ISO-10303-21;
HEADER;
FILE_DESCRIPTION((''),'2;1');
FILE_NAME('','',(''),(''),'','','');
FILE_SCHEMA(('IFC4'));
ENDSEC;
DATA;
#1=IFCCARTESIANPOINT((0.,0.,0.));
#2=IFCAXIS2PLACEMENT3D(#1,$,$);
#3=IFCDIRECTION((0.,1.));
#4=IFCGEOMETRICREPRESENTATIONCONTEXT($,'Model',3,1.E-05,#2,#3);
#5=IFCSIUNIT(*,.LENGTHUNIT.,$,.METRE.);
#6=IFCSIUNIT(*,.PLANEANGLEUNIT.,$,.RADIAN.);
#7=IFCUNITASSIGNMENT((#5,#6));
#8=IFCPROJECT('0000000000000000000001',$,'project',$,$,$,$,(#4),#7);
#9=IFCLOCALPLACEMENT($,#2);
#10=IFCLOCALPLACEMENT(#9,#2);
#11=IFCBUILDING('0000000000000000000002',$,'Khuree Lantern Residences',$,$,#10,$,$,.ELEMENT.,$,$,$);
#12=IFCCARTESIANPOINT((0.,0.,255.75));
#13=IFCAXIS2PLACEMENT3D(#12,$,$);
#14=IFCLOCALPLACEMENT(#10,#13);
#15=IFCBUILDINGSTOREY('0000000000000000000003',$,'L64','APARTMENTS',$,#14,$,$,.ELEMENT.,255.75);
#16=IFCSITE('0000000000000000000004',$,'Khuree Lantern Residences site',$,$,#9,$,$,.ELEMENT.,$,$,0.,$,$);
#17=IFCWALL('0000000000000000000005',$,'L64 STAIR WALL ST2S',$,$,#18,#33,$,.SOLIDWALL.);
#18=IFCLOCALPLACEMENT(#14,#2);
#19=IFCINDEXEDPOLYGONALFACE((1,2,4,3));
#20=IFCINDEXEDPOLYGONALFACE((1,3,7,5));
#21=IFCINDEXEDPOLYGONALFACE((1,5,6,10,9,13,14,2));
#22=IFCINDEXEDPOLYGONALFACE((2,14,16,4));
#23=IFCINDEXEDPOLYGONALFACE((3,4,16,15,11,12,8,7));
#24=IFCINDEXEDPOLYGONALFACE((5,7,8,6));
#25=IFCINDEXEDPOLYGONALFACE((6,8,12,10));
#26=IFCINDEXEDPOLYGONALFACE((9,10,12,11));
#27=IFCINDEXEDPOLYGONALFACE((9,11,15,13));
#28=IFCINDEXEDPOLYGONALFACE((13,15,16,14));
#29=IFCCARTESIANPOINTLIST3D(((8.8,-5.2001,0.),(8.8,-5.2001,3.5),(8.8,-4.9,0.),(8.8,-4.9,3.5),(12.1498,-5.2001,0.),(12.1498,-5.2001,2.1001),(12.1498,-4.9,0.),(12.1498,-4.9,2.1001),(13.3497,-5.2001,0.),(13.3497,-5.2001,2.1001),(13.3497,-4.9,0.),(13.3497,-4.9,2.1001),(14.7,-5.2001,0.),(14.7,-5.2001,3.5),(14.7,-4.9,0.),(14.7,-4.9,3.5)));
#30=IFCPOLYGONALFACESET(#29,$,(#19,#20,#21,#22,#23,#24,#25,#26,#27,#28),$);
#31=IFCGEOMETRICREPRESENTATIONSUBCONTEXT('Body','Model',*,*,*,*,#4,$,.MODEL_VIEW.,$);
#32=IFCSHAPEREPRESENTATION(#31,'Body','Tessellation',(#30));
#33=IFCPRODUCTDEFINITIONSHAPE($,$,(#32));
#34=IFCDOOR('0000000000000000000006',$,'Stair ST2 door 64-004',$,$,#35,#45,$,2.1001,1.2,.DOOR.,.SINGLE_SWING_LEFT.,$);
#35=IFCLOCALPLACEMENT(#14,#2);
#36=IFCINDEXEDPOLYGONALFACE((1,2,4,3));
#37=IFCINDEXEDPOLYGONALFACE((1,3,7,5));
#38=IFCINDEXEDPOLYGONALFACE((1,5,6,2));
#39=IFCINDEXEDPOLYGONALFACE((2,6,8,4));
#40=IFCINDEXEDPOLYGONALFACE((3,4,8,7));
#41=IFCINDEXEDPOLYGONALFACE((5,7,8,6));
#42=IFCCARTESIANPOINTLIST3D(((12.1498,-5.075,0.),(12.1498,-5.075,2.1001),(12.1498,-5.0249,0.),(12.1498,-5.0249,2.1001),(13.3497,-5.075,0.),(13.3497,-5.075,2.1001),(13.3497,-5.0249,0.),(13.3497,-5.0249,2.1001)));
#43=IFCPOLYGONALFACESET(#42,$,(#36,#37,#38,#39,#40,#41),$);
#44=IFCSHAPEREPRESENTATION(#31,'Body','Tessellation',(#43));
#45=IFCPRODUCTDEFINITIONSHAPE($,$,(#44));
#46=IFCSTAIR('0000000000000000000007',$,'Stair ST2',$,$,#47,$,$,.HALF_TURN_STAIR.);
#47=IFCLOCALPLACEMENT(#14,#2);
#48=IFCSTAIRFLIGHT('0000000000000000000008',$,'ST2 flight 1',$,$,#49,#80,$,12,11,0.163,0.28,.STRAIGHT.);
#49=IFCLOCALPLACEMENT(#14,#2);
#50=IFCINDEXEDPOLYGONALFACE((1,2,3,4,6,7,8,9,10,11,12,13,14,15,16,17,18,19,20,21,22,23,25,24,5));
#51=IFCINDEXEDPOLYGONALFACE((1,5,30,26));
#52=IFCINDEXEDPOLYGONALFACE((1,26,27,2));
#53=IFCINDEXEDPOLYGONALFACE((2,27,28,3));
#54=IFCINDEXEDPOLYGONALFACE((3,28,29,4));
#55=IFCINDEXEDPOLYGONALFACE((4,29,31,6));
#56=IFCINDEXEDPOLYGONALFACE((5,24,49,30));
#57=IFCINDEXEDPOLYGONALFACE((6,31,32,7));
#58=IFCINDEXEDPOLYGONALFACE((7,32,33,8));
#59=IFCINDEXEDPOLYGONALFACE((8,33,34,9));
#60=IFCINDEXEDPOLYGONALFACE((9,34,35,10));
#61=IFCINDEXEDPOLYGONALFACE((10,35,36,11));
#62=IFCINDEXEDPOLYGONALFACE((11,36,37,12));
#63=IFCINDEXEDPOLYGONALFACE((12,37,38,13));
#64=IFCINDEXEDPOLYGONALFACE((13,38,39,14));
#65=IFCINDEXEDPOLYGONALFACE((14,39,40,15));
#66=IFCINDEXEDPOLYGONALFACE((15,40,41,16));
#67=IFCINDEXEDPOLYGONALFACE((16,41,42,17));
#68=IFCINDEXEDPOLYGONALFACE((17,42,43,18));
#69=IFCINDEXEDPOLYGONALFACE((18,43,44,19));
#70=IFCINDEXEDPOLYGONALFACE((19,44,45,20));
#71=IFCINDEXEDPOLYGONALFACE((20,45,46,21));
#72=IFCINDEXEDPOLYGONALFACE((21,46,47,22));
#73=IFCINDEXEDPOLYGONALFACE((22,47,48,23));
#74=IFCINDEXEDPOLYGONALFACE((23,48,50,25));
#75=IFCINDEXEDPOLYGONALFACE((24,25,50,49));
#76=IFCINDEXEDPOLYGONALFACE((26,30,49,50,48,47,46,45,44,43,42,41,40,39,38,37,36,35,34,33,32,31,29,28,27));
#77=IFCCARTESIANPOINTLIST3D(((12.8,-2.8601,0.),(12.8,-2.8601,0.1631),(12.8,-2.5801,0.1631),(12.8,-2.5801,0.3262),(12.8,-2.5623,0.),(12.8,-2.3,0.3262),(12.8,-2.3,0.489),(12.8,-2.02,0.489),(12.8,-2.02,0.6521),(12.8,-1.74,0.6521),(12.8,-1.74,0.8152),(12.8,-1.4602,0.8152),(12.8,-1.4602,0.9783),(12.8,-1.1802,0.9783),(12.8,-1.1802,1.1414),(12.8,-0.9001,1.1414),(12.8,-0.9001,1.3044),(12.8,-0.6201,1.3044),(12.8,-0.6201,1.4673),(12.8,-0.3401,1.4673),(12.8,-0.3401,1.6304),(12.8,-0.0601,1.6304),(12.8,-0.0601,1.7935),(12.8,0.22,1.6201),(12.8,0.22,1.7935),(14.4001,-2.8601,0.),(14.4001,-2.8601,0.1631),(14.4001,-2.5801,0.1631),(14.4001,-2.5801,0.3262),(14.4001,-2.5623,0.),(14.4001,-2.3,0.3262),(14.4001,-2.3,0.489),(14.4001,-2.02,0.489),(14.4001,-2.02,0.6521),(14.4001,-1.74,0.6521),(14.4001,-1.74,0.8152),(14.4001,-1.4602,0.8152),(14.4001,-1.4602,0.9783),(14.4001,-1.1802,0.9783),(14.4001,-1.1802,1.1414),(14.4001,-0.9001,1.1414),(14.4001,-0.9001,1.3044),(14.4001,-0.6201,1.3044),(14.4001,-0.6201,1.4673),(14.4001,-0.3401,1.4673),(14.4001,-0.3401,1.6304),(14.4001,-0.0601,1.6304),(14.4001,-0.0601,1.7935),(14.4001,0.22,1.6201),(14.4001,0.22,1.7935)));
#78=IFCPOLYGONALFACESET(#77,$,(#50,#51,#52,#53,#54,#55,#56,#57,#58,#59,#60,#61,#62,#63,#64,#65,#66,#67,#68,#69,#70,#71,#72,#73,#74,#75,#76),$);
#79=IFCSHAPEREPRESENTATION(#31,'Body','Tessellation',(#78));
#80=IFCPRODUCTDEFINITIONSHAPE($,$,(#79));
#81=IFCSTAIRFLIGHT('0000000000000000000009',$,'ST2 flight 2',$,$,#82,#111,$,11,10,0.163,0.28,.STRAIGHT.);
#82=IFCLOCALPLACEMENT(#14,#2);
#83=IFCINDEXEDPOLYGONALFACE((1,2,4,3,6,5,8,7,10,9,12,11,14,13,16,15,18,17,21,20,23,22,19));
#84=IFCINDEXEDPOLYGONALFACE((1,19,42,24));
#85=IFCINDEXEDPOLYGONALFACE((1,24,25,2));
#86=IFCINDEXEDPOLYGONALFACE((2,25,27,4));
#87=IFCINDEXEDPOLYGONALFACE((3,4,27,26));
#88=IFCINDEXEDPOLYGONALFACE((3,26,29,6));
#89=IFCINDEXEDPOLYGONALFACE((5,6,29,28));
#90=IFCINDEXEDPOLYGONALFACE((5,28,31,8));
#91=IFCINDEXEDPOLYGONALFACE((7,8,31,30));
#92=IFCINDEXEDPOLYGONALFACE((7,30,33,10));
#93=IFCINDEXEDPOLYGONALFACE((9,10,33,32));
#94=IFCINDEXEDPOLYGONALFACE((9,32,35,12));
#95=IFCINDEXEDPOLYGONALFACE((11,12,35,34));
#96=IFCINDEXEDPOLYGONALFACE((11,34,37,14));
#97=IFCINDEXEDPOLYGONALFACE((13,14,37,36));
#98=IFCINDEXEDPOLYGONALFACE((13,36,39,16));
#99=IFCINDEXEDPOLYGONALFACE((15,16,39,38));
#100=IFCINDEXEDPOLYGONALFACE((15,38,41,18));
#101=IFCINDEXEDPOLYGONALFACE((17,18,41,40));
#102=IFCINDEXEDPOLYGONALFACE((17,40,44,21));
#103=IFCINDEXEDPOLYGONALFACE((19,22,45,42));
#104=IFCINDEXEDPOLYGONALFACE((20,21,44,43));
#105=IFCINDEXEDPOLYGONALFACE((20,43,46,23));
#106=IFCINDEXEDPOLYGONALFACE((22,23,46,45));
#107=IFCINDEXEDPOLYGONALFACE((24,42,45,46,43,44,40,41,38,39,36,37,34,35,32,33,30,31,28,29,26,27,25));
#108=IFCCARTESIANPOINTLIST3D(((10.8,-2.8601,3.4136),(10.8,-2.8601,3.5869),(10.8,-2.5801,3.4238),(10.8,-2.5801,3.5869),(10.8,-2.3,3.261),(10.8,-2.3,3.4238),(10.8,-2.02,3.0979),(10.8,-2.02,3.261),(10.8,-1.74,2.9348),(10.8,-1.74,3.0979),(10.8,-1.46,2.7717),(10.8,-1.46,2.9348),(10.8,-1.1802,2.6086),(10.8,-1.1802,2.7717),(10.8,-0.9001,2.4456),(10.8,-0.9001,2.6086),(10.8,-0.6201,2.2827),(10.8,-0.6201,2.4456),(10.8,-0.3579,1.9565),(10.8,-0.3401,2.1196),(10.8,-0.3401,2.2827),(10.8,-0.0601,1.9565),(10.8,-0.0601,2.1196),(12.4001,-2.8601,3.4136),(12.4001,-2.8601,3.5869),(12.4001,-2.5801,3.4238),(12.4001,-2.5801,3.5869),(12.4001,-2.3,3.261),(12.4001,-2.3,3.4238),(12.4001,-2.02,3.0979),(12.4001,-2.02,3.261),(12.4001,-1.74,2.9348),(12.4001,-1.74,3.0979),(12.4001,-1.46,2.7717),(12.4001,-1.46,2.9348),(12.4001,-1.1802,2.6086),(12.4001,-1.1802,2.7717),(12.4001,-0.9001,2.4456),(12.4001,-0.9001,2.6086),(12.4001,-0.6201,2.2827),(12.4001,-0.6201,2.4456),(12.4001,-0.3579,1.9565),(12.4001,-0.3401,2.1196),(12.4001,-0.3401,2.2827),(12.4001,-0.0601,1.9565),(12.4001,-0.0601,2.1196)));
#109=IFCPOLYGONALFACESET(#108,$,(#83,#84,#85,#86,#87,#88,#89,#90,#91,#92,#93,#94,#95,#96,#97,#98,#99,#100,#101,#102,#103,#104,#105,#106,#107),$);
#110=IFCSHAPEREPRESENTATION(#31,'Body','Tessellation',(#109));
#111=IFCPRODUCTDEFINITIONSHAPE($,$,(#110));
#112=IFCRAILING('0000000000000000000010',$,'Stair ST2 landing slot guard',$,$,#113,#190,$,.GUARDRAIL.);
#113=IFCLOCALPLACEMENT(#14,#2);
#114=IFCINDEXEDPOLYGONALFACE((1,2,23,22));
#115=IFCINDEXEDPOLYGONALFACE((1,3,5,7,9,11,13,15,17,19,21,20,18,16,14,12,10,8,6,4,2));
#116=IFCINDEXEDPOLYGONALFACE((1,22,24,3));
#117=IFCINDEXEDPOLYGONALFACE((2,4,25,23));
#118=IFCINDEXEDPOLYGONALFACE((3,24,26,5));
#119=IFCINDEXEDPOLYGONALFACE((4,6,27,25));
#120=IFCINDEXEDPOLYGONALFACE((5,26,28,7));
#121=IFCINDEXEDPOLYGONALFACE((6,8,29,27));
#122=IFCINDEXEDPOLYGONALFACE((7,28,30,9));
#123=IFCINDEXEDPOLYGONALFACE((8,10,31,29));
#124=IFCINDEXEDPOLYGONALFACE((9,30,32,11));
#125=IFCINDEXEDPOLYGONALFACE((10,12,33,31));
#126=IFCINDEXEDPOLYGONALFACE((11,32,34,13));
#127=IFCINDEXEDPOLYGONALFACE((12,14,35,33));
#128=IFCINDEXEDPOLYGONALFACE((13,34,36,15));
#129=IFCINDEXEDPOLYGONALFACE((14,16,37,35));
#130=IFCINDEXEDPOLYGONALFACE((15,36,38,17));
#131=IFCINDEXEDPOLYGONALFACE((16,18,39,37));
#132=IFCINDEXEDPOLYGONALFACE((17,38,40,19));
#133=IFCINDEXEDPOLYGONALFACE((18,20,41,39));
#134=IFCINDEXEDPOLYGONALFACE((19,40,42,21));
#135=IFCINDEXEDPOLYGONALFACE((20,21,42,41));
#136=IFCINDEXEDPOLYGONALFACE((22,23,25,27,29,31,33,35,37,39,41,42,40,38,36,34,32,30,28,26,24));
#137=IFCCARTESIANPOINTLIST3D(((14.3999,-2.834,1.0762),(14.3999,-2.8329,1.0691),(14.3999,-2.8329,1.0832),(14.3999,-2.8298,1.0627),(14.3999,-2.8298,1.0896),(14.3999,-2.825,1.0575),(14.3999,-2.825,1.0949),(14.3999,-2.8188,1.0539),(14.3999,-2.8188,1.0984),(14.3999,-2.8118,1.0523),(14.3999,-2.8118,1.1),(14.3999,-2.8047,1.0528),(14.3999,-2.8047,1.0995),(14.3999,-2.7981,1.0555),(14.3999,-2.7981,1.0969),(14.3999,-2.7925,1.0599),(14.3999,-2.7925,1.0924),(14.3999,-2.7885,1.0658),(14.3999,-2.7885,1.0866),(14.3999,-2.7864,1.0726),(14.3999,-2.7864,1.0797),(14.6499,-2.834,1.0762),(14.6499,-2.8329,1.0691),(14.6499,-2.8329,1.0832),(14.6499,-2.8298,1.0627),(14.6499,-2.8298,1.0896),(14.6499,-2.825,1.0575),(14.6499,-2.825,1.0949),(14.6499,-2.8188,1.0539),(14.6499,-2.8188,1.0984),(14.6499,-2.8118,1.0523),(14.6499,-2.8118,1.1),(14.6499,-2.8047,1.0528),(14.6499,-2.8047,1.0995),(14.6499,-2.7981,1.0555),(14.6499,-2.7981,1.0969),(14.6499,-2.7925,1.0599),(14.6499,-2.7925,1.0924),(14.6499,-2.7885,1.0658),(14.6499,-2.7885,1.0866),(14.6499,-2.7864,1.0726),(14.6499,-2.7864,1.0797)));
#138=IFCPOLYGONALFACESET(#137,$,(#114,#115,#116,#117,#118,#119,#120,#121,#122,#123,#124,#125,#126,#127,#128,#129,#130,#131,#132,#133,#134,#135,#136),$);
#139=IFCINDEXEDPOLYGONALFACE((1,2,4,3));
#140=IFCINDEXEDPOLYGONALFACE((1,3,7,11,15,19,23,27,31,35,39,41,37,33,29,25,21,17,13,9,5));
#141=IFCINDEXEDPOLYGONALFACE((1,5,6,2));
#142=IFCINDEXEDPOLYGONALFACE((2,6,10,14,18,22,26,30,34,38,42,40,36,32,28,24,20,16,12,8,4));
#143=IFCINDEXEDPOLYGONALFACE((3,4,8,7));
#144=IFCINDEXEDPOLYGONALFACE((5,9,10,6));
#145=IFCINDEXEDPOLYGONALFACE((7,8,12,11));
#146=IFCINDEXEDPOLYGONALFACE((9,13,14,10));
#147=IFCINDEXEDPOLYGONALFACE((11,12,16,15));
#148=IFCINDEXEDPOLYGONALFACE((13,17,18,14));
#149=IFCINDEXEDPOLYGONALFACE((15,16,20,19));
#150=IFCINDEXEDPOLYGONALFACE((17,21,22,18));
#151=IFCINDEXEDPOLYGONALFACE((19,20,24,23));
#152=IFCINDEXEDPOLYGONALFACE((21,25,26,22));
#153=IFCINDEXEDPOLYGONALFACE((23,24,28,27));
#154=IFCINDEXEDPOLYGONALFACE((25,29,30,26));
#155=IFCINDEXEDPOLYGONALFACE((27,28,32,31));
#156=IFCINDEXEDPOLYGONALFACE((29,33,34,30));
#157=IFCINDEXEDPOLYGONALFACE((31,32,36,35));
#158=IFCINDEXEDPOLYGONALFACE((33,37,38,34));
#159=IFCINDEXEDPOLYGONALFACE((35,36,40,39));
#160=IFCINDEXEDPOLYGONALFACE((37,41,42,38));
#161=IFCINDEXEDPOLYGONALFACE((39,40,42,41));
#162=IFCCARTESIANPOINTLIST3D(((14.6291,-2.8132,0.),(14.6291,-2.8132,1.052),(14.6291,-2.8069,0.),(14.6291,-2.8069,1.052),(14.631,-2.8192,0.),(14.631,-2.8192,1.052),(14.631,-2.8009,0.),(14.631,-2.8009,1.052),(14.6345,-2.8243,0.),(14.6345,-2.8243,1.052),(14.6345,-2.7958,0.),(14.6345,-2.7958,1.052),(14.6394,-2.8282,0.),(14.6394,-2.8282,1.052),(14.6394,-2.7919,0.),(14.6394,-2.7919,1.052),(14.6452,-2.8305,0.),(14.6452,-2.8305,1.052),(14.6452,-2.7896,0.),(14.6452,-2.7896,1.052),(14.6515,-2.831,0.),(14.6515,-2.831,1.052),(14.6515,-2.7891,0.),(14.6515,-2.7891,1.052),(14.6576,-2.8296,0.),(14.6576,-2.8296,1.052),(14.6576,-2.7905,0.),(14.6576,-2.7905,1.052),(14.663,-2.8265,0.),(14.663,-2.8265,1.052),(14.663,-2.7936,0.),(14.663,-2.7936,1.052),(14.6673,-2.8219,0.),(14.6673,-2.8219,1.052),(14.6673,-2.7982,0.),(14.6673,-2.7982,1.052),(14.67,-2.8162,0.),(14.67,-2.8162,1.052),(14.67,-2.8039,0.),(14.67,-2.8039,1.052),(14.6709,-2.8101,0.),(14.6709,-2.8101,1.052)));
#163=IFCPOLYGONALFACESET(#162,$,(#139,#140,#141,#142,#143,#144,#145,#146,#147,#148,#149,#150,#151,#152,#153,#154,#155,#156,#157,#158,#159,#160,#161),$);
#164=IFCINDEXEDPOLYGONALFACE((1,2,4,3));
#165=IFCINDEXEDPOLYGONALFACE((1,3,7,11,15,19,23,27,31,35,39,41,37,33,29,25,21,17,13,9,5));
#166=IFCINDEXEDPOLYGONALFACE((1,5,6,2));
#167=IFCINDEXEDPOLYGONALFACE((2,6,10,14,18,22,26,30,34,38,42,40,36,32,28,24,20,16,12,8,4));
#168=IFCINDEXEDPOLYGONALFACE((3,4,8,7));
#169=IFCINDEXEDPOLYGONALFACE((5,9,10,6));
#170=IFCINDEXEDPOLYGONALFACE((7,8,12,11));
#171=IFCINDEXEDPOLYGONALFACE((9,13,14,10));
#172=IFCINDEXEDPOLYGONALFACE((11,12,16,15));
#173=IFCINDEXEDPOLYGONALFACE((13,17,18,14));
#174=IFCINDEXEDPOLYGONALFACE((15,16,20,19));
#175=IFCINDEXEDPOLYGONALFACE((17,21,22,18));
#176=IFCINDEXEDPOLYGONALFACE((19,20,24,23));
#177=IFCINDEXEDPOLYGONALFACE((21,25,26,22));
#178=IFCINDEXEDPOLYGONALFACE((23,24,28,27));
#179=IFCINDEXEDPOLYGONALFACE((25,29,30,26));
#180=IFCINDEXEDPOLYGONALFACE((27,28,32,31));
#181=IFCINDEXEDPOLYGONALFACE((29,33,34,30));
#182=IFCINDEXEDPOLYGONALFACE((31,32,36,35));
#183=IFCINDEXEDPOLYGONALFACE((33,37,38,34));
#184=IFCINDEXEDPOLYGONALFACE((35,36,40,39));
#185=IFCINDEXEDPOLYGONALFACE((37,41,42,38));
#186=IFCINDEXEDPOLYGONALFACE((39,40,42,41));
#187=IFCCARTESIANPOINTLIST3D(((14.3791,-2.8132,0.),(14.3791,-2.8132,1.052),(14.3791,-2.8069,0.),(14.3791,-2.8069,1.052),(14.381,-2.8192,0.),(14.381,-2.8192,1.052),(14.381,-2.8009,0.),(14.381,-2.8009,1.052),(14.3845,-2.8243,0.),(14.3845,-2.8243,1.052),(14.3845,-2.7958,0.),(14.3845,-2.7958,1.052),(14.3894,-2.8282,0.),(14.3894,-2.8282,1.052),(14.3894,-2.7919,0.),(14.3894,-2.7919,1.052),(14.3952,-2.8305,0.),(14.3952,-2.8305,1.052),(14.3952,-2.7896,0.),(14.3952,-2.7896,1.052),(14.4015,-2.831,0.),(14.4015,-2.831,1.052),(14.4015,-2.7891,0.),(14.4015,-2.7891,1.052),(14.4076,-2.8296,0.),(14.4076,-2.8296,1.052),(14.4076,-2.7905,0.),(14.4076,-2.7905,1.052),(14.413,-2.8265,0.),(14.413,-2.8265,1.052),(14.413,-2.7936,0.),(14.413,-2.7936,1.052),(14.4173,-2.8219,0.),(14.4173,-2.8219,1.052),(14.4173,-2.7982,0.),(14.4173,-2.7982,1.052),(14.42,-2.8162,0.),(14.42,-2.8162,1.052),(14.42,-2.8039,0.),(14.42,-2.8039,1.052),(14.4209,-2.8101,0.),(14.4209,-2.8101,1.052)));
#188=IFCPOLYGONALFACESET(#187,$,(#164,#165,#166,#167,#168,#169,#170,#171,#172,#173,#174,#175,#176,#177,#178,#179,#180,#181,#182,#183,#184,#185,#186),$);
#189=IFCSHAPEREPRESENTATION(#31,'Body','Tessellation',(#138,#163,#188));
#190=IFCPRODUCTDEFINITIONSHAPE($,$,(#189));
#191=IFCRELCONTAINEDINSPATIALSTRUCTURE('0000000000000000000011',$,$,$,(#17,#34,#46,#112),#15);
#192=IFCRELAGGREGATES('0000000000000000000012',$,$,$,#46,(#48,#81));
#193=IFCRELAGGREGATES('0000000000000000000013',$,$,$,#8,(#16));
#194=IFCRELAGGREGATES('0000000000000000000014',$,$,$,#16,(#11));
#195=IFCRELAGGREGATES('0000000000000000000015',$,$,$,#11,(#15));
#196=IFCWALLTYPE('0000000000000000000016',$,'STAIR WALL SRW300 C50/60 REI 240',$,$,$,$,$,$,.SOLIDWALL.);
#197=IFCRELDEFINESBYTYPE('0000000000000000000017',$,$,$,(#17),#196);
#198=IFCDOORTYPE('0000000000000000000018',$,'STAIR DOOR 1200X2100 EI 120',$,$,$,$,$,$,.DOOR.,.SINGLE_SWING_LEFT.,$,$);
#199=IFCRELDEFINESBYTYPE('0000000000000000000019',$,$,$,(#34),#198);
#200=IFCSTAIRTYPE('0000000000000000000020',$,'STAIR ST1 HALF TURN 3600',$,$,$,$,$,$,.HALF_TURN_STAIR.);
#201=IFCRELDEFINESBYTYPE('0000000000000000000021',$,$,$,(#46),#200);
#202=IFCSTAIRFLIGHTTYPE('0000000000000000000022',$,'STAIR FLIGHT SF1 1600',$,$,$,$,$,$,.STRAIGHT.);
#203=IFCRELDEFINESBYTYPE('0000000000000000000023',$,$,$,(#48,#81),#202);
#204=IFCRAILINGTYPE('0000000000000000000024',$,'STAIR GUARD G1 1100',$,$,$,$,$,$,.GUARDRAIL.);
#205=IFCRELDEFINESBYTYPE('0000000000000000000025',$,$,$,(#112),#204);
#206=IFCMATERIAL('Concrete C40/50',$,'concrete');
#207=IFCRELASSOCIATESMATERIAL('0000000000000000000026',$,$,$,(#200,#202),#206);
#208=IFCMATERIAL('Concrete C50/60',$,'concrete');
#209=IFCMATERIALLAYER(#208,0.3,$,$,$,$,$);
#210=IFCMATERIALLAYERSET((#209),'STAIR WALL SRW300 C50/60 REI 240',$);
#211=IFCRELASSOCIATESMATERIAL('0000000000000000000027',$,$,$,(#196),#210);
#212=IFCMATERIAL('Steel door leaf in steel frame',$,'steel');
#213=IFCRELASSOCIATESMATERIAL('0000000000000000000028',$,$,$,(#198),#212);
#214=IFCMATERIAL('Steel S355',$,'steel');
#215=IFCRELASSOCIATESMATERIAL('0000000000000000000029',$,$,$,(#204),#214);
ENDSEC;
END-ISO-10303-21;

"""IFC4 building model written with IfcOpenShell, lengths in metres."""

from ifc_helpers import new_model, si_unit, direction, frame, frame_2d, origin, origin_2d, place, context, subcontext, project, spatial, polyline, rectangle, circle, outline, extrude, material, layer, layer_set, type_object, element, fill, aggregate, save


model = new_model("IFC4")

# Units and contexts
model_context = context("Model", 3, precision=1e-05, world=origin(), true_north=direction((0.0, 1.0)))
body_context = subcontext(model_context, "Body", "Model", "MODEL_VIEW")
ifc_project = project(units=[si_unit("LENGTHUNIT", "METRE"), si_unit("PLANEANGLEUNIT", "RADIAN")], contexts=[model_context])

# Site, building, storey
site_placement = place(None, origin())
site = spatial("IfcSite", under=ifc_project, at=site_placement, Name="Khuree Lantern Residences site", CompositionType="ELEMENT", RefElevation=0.0)
building_placement = place(site_placement, origin())
building = spatial("IfcBuilding", under=site, at=building_placement, Name="Khuree Lantern Residences", CompositionType="ELEMENT")
storey_placement = place(building_placement, frame((0.0, 0.0, 255.75)))
storey = spatial("IfcBuildingStorey", under=building, at=storey_placement, Name="L64", Description="APARTMENTS", CompositionType="ELEMENT", Elevation=255.75)

# Shared definitions
ifc_material_1 = material(Name="Concrete C50/60", Category="concrete")

# Shared definitions
ifc_material_2 = material(Name="Concrete C40/50", Category="concrete")
stair_type = type_object("IfcStairType", Name="STAIR ST1 HALF TURN 3600", PredefinedType="HALF_TURN_STAIR", material=ifc_material_2)

# Shared definitions
ifc_material_3 = material(Name="Steel door leaf in steel frame", Category="steel")

# Shared definitions
ifc_layer_1 = layer(ifc_material_1, 0.3)
ifc_layer_set_1 = layer_set([ifc_layer_1], Name="STAIR WALL SRW300 C50/60 REI 240")
wall_type_1 = type_object("IfcWallType", Name="STAIR WALL SRW300 C50/60 REI 240", PredefinedType="SOLIDWALL", material=ifc_layer_set_1)

# Wall, opening, door
wall_1_placement = place(storey_placement, frame((14.7, -5.05, 0.0), z_axis=(0.0, 0.0, 1.0), x_axis=(-1.0, 0.0, 0.0)))
wall_1 = element("IfcWall", 1, at=wall_1_placement, inside=storey, type_object=wall_type_1, Name="L64 STAIR WALL ST2S", PredefinedType="SOLIDWALL", context=body_context, shape_type="SweptSolid", body=[
    extrude(rectangle(XDim=5.8999, YDim=0.3, at=frame_2d((2.95, 0.0))), origin(), (0.0, 0.0, 1.0), 3.5),
])
opening_1_placement = place(wall_1_placement, frame((1.3501, 0.0, 0.0)))
opening_1 = element("IfcOpeningElement", 2, at=opening_1_placement, cuts=wall_1, PredefinedType="OPENING", context=body_context, shape_type="SweptSolid", body=[
    extrude(rectangle(XDim=1.2, YDim=2.1001, at=frame_2d((0.6001, 1.05))), frame((0.0, 0.1602, 0.0), z_axis=(0.0, -1.0, 0.0), x_axis=(1.0, 0.0, 0.0)), (0.0, 0.0, 1.0), 0.3201),
])
door_type_1 = type_object("IfcDoorType", Name="STAIR DOOR 1200X2100 EI 120", OperationType="SINGLE_SWING_LEFT", PredefinedType="DOOR", material=ifc_material_3)
door_1_placement = place(opening_1_placement, origin())
door_1 = element("IfcDoor", 3, at=door_1_placement, inside=storey, type_object=door_type_1, Name="Stair ST2 door 64-004", OperationType="SINGLE_SWING_LEFT", OverallHeight=2.1001, OverallWidth=1.2, PredefinedType="DOOR", context=body_context, shape_type="SweptSolid", body=[
    extrude(rectangle(XDim=1.2, YDim=2.1001, at=frame_2d((0.6001, 1.05))), frame((0.0, 0.0249, 0.0), z_axis=(0.0, -1.0, 0.0), x_axis=(1.0, 0.0, 0.0)), (0.0, 0.0, 1.0), 0.05),
])
fill(opening_1, door_1)

# Stair, stair flights
stair_1_placement = place(storey_placement, origin())
stair_1 = element("IfcStair", 4, at=stair_1_placement, inside=storey, type_object=stair_type, Name="Stair ST2", PredefinedType="HALF_TURN_STAIR")
stair_flight_type = type_object("IfcStairFlightType", Name="STAIR FLIGHT SF1 1600", PredefinedType="STRAIGHT", material=ifc_material_2)
stair_flight_1_placement = place(storey_placement, frame((13.6001, -2.8601, 0.0), z_axis=(0.0, 0.0, 1.0), x_axis=(0.0, 1.0, 0.0)))
stair_flight_1 = element("IfcStairFlight", 5, at=stair_flight_1_placement, type_object=stair_flight_type, Name="ST2 flight 1", NumberOfRisers=12, NumberOfTreads=11, PredefinedType="STRAIGHT", RiserHeight=0.163, TreadLength=0.28, context=body_context, shape_type="SweptSolid", body=[
    extrude(outline(polyline([(0.0, 0.0), (0.0, 0.1631), (0.28, 0.1631), (0.28, 0.3262), (0.5601, 0.3262), (0.5601, 0.489), (0.8401, 0.489), (0.8401, 0.6521), (1.1201, 0.6521), (1.1201, 0.8152), (1.3999, 0.8152), (1.3999, 0.9783), (1.6799, 0.9783), (1.6799, 1.1414), (1.96, 1.1414), (1.96, 1.3044), (2.24, 1.3044), (2.24, 1.4673), (2.52, 1.4673), (2.52, 1.6304), (2.8, 1.6304), (2.8, 1.7935), (3.0801, 1.7935), (3.0801, 1.9565), (3.0801, 1.6201), (0.2979, 0.0), (0.0, 0.0)])), frame((0.0, 0.8, 0.0), z_axis=(0.0, -1.0, 0.0), x_axis=(1.0, 0.0, 0.0)), (0.0, 0.0, 1.0), 1.6001),
])
stair_flight_2_placement = place(storey_placement, frame((11.6001, -0.0601, 1.9565), z_axis=(0.0, 0.0, 1.0), x_axis=(0.0, -1.0, 0.0)))
stair_flight_2 = element("IfcStairFlight", 6, at=stair_flight_2_placement, type_object=stair_flight_type, Name="ST2 flight 2", NumberOfRisers=11, NumberOfTreads=10, PredefinedType="STRAIGHT", RiserHeight=0.163, TreadLength=0.28, context=body_context, shape_type="SweptSolid", body=[
    extrude(outline(polyline([(0.0, 0.0), (0.0, 0.1631), (0.28, 0.1631), (0.28, 0.3262), (0.5601, 0.3262), (0.5601, 0.489), (0.8401, 0.489), (0.8401, 0.6521), (1.1201, 0.6521), (1.1201, 0.8152), (1.3999, 0.8152), (1.3999, 0.9783), (1.6799, 0.9783), (1.6799, 1.1414), (1.96, 1.1414), (1.96, 1.3044), (2.24, 1.3044), (2.24, 1.4673), (2.52, 1.4673), (2.52, 1.6304), (2.8, 1.6304), (2.8, 1.7935), (2.8, 1.457), (0.2979, 0.0), (0.0, 0.0)])), frame((0.0, 0.8, 0.0), z_axis=(0.0, -1.0, 0.0), x_axis=(1.0, 0.0, 0.0)), (0.0, 0.0, 1.0), 1.6001),
])
aggregate(stair_1, [stair_flight_1, stair_flight_2])

# Railing
ifc_material_4 = material(Name="Steel S355", Category="steel")
railing_type_1 = type_object("IfcRailingType", Name="STAIR GUARD G1 1100", PredefinedType="GUARDRAIL", material=ifc_material_4)
railing_1_placement = place(storey_placement, frame((14.6499, -2.8101, 0.0)))
element("IfcRailing", 7, at=railing_1_placement, inside=storey, type_object=railing_type_1, Name="Stair ST2 landing slot guard", PredefinedType="GUARDRAIL", context=body_context, shape_type="SweptSolid", body=[
    extrude(circle(Radius=0.0239, at=origin_2d()), frame((0.0, 0.0, 1.0762), z_axis=(-1.0, 0.0, 0.0), x_axis=(0.0, -1.0, 0.0)), (0.0, 0.0, 1.0), 0.25),
    extrude(circle(Radius=0.021, at=origin_2d()), origin(), (0.0, 0.0, 1.0), 1.052),
    extrude(circle(Radius=0.021, at=origin_2d()), frame((-0.25, 0.0, 0.0)), (0.0, 0.0, 1.0), 1.052),
])

save(model, "model.ifc")
